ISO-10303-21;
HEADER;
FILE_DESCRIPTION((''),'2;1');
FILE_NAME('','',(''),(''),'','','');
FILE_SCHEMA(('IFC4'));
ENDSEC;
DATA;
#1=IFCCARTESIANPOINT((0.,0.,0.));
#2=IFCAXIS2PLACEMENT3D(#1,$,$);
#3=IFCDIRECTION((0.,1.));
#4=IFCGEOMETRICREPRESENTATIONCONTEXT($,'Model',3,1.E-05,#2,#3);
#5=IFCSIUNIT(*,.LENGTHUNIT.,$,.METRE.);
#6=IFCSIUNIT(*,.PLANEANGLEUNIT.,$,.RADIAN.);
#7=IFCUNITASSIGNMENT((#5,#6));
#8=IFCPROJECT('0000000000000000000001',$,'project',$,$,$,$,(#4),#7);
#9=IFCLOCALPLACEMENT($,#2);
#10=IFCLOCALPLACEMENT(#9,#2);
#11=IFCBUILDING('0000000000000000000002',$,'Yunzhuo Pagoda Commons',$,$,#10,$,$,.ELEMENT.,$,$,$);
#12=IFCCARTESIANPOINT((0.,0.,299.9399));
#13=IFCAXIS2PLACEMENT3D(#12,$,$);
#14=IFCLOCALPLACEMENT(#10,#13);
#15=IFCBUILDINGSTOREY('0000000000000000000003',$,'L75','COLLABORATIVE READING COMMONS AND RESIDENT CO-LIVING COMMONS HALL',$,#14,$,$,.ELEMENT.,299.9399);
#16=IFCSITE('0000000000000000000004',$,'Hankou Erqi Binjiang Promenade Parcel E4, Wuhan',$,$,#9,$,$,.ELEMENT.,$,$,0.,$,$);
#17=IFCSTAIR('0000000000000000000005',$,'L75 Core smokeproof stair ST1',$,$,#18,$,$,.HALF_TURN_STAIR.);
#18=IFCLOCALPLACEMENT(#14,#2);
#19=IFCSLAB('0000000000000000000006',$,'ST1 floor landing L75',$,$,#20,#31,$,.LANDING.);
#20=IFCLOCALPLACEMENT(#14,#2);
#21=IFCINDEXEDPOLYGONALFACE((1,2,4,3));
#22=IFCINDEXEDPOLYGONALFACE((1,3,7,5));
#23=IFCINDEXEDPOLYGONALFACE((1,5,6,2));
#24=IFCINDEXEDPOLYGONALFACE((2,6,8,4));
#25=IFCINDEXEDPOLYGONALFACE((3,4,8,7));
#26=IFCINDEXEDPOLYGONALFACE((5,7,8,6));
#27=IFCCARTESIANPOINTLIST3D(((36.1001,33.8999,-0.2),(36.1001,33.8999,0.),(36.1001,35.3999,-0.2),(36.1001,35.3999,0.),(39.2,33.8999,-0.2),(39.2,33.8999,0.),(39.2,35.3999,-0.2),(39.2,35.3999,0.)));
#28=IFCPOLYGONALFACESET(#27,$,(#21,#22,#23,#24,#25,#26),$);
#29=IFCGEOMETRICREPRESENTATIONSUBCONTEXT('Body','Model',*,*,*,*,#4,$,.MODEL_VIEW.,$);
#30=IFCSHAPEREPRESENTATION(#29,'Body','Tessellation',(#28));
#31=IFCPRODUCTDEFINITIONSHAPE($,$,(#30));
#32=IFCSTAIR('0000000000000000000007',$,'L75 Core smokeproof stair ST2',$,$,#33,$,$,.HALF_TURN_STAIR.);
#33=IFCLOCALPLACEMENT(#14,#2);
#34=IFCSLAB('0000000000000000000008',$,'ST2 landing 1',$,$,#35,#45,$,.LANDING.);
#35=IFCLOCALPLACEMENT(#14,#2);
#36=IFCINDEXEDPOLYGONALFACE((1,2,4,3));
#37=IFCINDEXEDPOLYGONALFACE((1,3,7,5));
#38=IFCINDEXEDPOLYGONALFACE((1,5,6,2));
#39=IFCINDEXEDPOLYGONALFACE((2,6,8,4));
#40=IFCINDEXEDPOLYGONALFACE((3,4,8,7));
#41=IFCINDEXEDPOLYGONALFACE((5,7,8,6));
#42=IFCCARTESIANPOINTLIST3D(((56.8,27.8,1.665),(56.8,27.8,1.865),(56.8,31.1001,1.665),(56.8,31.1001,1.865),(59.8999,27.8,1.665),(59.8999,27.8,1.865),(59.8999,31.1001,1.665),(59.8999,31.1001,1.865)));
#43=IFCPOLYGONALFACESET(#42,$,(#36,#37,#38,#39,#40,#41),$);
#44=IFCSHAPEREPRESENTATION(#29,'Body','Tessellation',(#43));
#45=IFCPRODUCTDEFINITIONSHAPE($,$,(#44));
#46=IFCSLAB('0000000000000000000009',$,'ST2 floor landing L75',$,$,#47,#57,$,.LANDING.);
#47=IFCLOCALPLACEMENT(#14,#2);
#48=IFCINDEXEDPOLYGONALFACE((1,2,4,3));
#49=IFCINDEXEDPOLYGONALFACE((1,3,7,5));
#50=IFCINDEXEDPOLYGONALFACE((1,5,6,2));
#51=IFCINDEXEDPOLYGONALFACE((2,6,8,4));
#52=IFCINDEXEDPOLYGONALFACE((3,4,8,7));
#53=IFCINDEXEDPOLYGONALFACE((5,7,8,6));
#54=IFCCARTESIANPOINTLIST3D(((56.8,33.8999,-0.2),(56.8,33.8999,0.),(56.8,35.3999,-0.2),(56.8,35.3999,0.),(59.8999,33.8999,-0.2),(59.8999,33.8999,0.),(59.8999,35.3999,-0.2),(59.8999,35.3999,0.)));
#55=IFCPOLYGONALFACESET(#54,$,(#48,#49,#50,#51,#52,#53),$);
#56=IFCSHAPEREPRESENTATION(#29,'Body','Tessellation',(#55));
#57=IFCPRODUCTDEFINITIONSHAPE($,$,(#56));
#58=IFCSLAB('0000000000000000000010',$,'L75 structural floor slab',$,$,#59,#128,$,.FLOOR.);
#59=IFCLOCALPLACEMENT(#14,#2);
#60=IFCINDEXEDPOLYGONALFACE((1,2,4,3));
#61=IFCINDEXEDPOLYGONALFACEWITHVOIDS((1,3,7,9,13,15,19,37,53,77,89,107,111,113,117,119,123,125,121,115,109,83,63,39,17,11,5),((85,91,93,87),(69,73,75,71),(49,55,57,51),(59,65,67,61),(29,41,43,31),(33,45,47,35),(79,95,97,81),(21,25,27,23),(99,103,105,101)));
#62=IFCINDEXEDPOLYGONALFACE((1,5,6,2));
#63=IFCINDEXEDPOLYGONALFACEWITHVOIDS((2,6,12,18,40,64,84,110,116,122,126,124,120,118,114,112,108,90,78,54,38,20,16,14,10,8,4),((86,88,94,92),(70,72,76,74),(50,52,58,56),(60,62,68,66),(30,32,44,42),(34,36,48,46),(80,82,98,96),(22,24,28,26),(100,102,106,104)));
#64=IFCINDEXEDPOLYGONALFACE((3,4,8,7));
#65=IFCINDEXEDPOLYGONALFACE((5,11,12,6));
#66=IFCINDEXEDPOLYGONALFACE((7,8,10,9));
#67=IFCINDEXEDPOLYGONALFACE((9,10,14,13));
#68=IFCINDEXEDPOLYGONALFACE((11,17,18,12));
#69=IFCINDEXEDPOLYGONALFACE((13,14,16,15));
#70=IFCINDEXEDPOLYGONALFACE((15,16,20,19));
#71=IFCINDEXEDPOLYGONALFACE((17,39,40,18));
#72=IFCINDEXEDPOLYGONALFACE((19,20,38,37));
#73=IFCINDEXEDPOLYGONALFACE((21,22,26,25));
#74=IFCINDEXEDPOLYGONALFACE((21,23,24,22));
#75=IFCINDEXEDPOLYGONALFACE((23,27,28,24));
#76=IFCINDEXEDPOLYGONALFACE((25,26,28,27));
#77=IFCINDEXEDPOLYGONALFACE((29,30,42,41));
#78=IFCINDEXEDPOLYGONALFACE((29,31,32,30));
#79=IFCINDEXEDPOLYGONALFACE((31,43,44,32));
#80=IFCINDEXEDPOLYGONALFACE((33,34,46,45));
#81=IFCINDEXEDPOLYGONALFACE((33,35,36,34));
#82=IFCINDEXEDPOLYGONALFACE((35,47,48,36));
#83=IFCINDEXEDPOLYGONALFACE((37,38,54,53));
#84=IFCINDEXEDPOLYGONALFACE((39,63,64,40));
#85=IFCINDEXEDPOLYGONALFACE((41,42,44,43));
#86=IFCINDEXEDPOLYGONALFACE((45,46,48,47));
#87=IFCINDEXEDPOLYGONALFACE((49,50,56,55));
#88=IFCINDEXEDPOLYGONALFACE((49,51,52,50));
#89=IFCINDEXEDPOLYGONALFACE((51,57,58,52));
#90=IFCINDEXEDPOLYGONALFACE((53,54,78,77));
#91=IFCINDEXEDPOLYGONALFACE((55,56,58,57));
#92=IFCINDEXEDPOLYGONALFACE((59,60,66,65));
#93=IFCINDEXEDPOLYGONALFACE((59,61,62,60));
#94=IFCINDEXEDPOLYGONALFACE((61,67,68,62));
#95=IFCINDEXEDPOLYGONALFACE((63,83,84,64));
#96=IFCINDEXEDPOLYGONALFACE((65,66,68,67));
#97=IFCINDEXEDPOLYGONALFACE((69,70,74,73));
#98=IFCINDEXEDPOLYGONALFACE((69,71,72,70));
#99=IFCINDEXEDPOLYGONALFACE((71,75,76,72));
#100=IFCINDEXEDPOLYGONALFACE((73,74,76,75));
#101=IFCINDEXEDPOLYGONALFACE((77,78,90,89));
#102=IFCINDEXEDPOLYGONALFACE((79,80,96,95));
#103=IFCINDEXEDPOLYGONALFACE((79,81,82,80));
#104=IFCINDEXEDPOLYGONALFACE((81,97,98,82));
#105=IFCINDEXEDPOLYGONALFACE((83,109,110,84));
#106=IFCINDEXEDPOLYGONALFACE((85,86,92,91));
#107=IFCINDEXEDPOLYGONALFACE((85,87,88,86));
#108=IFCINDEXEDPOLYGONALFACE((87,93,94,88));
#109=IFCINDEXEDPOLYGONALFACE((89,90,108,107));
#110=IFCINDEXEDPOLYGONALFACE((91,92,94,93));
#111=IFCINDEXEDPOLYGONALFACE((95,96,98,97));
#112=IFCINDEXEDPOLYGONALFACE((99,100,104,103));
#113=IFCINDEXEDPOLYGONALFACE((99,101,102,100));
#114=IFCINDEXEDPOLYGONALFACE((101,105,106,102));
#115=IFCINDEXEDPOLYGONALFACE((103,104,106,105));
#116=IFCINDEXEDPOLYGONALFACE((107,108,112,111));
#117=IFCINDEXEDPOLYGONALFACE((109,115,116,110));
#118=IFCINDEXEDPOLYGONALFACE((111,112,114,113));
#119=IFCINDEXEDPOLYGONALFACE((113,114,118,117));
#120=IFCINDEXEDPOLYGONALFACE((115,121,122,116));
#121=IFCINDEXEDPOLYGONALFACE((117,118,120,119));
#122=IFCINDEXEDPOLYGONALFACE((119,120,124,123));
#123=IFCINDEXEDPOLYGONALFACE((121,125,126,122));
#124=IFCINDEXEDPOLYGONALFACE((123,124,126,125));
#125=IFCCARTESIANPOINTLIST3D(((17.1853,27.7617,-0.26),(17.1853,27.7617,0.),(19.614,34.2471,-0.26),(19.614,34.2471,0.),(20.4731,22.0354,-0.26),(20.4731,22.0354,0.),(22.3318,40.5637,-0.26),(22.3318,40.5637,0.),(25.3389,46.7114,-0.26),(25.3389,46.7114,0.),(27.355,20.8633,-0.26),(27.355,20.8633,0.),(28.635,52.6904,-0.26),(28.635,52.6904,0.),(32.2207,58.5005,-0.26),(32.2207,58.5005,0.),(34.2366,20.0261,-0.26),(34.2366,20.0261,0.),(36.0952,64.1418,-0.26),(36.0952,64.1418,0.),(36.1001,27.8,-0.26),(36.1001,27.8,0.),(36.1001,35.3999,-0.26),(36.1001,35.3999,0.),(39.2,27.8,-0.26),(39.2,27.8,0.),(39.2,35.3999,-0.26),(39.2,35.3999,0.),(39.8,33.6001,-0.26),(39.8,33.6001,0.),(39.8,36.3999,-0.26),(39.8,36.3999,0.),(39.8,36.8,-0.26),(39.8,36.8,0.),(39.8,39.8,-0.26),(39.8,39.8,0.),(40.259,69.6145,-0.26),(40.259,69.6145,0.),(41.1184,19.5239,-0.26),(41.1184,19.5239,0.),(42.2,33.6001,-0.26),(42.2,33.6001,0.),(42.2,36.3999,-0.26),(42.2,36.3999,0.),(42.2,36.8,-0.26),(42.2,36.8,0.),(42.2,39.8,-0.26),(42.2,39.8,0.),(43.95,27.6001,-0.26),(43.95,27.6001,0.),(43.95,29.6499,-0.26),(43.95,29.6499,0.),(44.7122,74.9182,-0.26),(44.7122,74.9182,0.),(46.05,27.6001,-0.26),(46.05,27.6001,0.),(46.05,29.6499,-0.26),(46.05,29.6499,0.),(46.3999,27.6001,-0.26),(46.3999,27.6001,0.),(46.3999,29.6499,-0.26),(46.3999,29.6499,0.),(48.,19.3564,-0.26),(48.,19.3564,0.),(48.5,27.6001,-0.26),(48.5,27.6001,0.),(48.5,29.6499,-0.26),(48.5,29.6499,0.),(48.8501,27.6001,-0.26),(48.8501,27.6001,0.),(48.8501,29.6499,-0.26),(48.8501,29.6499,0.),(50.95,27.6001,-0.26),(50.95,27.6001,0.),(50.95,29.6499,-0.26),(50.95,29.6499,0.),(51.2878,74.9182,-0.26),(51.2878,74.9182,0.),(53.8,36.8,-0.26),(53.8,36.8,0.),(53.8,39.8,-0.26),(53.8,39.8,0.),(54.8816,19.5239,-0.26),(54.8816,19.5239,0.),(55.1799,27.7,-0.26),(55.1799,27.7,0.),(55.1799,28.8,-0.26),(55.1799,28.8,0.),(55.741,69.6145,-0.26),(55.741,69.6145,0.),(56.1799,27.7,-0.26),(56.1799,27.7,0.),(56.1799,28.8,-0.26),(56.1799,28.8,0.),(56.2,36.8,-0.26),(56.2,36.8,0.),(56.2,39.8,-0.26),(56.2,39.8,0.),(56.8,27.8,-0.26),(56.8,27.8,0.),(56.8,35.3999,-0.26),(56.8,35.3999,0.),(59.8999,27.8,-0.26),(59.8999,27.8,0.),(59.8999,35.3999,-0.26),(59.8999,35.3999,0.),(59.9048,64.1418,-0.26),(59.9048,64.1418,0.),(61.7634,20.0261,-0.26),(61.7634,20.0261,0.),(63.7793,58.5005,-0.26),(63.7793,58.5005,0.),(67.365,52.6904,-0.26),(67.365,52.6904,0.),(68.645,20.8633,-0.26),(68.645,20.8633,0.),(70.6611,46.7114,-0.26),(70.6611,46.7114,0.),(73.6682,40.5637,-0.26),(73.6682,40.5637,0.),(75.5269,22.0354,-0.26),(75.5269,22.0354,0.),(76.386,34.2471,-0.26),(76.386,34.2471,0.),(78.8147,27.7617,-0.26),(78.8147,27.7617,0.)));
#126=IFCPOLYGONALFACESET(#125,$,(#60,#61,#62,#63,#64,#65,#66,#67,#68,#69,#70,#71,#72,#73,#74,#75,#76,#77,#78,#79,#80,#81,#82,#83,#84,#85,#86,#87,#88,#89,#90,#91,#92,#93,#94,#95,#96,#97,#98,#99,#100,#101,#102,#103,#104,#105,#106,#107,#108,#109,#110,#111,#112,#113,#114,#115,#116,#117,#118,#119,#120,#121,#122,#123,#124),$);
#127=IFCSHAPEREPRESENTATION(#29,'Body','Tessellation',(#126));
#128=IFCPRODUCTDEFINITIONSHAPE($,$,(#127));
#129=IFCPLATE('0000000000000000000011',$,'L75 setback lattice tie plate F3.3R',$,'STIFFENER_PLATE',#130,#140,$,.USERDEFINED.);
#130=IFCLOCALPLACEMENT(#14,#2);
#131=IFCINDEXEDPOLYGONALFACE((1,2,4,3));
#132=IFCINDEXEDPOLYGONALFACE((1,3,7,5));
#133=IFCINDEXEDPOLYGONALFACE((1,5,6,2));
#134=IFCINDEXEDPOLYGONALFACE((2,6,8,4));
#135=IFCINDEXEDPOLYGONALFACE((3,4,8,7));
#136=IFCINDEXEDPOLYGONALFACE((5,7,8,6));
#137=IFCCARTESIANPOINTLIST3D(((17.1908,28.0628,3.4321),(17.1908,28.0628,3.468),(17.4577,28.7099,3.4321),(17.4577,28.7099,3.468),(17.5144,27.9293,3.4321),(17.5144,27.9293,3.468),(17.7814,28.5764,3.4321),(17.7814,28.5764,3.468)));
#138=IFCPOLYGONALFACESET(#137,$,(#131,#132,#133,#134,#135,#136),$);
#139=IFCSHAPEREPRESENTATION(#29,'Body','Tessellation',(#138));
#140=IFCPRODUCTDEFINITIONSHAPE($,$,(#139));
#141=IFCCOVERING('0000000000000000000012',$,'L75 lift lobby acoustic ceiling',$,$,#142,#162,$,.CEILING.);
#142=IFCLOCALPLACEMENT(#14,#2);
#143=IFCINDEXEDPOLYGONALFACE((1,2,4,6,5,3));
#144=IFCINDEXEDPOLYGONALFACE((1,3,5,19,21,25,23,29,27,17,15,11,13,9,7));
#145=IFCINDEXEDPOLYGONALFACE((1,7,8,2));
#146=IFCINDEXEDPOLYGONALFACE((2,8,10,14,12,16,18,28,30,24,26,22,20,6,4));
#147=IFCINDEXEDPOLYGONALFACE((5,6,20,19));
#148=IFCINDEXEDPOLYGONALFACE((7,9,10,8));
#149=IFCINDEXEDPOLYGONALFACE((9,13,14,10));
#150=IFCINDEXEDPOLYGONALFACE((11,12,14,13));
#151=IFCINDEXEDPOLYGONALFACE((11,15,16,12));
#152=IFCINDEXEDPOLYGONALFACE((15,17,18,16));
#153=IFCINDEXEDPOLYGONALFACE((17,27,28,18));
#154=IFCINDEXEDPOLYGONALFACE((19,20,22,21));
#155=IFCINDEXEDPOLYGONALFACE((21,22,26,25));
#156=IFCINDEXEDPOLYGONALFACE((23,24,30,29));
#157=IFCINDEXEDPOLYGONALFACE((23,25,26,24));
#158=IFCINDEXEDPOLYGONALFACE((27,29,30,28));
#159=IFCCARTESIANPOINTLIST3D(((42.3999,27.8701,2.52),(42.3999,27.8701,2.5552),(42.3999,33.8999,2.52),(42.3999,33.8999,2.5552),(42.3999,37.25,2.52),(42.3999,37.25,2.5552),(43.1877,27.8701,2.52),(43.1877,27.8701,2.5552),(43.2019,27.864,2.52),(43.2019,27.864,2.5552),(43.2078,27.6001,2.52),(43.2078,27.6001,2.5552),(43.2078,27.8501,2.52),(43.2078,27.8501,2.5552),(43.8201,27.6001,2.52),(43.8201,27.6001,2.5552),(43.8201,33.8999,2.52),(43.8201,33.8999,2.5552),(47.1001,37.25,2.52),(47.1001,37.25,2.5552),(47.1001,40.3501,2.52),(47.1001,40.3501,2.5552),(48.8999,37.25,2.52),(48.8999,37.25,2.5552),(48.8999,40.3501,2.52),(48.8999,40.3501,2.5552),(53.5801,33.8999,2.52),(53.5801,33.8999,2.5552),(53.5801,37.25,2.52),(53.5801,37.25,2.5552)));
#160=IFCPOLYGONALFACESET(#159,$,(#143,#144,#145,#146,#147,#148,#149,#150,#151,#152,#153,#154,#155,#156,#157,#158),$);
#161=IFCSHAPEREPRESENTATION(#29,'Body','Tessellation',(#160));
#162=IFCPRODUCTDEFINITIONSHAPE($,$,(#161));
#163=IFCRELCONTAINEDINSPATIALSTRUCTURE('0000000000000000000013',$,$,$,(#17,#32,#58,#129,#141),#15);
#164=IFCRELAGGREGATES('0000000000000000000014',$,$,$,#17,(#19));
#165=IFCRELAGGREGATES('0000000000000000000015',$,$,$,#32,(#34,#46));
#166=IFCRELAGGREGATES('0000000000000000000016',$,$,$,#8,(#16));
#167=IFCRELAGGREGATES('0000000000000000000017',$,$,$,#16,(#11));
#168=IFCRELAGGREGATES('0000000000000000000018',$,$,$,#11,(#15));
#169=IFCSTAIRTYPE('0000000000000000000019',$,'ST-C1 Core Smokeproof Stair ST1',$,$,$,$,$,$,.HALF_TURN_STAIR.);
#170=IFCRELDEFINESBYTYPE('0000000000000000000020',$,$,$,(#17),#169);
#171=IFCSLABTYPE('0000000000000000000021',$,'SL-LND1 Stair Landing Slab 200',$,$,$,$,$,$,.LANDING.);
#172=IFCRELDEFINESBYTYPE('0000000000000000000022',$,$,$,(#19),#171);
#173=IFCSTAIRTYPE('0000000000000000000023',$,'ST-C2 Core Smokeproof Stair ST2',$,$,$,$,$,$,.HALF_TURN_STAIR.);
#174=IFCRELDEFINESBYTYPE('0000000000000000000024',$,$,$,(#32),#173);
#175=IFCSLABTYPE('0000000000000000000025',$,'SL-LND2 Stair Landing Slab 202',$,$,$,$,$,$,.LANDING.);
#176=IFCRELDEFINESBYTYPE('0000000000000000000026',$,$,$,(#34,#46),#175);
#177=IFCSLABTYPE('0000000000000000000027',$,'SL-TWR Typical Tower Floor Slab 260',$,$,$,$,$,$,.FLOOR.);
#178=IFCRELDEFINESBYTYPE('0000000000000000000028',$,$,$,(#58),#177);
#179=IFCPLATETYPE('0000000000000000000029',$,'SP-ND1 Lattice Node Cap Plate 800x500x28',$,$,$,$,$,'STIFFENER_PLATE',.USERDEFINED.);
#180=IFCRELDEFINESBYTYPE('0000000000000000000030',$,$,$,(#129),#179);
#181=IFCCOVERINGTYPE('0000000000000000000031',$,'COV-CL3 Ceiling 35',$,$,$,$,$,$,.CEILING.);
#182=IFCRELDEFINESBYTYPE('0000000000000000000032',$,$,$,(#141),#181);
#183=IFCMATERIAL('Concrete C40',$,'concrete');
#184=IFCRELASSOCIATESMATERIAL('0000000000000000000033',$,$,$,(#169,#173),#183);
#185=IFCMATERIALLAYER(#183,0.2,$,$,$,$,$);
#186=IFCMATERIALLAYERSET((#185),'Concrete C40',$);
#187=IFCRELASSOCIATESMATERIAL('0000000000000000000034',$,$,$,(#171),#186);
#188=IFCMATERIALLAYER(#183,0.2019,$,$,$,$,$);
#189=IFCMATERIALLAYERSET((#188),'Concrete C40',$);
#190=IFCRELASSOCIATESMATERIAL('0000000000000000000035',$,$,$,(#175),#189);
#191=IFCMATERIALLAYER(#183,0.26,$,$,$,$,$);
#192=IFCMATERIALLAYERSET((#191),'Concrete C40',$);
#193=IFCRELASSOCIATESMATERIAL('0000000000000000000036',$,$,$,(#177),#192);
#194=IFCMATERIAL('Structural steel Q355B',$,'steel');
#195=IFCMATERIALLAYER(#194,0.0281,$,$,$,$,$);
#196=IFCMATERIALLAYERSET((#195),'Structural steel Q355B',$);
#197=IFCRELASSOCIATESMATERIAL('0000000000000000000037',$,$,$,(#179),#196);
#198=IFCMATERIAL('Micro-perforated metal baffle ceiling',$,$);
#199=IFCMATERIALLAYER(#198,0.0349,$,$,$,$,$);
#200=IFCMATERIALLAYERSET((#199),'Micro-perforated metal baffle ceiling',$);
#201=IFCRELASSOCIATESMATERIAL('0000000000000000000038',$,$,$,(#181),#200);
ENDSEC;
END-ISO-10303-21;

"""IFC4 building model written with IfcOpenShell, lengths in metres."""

from ifc_helpers import new_model, si_unit, direction, frame, origin, origin_2d, place, context, subcontext, project, spatial, polyline, rectangle, outline, extrude, source, transform, mapped, material, layer, layer_set, type_object, element, aggregate, save


model = new_model("IFC4")

# Units and contexts
model_context = context("Model", 3, precision=1e-05, world=origin(), true_north=direction((0.0, 1.0)))
body_context = subcontext(model_context, "Body", "Model", "MODEL_VIEW")
ifc_project = project(units=[si_unit("LENGTHUNIT", "METRE"), si_unit("PLANEANGLEUNIT", "RADIAN")], contexts=[model_context])

# Site, building, storey
site_placement = place(None, origin())
site = spatial("IfcSite", under=ifc_project, at=site_placement, Name="Hankou Erqi Binjiang Promenade Parcel E4, Wuhan", CompositionType="ELEMENT", RefElevation=0.0)
building_placement = place(site_placement, origin())
building = spatial("IfcBuilding", under=site, at=building_placement, Name="Yunzhuo Pagoda Commons", CompositionType="ELEMENT")
storey_placement = place(building_placement, frame((0.0, 0.0, 299.9399)))
storey = spatial("IfcBuildingStorey", under=building, at=storey_placement, Name="L75", Description="COLLABORATIVE READING COMMONS AND RESIDENT CO-LIVING COMMONS HALL", CompositionType="ELEMENT", Elevation=299.9399)

# Shared definitions
ifc_material_1 = material(Name="Structural steel Q355B", Category="steel")

# Shared definitions
ifc_material_2 = material(Name="Concrete C40", Category="concrete")

# Stairs, slabs
stair_type_1 = type_object("IfcStairType", Name="ST-C1 Core Smokeproof Stair ST1", PredefinedType="HALF_TURN_STAIR", material=ifc_material_2)
stair_1_placement = place(storey_placement, origin())
stair_1 = element("IfcStair", 1, at=stair_1_placement, inside=storey, type_object=stair_type_1, Name="L75 Core smokeproof stair ST1", PredefinedType="HALF_TURN_STAIR")
ifc_layer_1 = layer(ifc_material_2, 0.2)
ifc_layer_set_1 = layer_set([ifc_layer_1], Name="Concrete C40")
slab_type_1 = type_object("IfcSlabType", Name="SL-LND1 Stair Landing Slab 200", PredefinedType="LANDING", material=ifc_layer_set_1)
slab_1_placement = place(storey_placement, frame((0.0, 0.0, -0.2)))
slab_1 = element("IfcSlab", 2, at=slab_1_placement, type_object=slab_type_1, Name="ST1 floor landing L75", PredefinedType="LANDING", context=body_context, shape_type="SweptSolid", body=[
    extrude(outline(polyline([(36.1001, 35.3999), (36.1001, 33.8999), (39.2, 33.8999), (39.2, 35.3999), (36.1001, 35.3999)])), origin(), (0.0, 0.0, 1.0), 0.2),
])
aggregate(stair_1, [slab_1])
stair_type_2 = type_object("IfcStairType", Name="ST-C2 Core Smokeproof Stair ST2", PredefinedType="HALF_TURN_STAIR", material=ifc_material_2)
stair_2_placement = place(storey_placement, origin())
stair_2 = element("IfcStair", 3, at=stair_2_placement, inside=storey, type_object=stair_type_2, Name="L75 Core smokeproof stair ST2", PredefinedType="HALF_TURN_STAIR")
ifc_layer_2 = layer(ifc_material_2, 0.2019)
ifc_layer_set_2 = layer_set([ifc_layer_2], Name="Concrete C40")
slab_type_2 = type_object("IfcSlabType", Name="SL-LND2 Stair Landing Slab 202", PredefinedType="LANDING", material=ifc_layer_set_2)
slab_2_placement = place(storey_placement, frame((0.0, 0.0, 1.665)))
slab_2 = element("IfcSlab", 4, at=slab_2_placement, type_object=slab_type_2, Name="ST2 landing 1", PredefinedType="LANDING", context=body_context, shape_type="SweptSolid", body=[
    extrude(outline(polyline([(56.8, 31.1001), (56.8, 27.8), (59.8999, 27.8), (59.8999, 31.1001), (56.8, 31.1001)])), origin(), (0.0, 0.0, 1.0), 0.2),
])
slab_3_placement = place(storey_placement, frame((0.0, 0.0, -0.2)))
slab_3 = element("IfcSlab", 5, at=slab_3_placement, type_object=slab_type_2, Name="ST2 floor landing L75", PredefinedType="LANDING", context=body_context, shape_type="SweptSolid", body=[
    extrude(outline(polyline([(56.8, 35.3999), (56.8, 33.8999), (59.8999, 33.8999), (59.8999, 35.3999), (56.8, 35.3999)])), origin(), (0.0, 0.0, 1.0), 0.2),
])
aggregate(stair_2, [slab_2, slab_3])

# Slab
ifc_layer_3 = layer(ifc_material_2, 0.26)
ifc_layer_set_3 = layer_set([ifc_layer_3], Name="Concrete C40")
slab_type_3 = type_object("IfcSlabType", Name="SL-TWR Typical Tower Floor Slab 260", PredefinedType="FLOOR", material=ifc_layer_set_3)
slab_4_placement = place(storey_placement, frame((0.0, 0.0, -0.26)))
element("IfcSlab", 6, at=slab_4_placement, inside=storey, type_object=slab_type_3, Name="L75 structural floor slab", PredefinedType="FLOOR", context=body_context, shape_type="SweptSolid", body=[
    extrude(outline(polyline([(19.614, 34.2471), (22.3318, 40.5637), (25.3389, 46.7114), (28.635, 52.6904), (32.2207, 58.5005), (36.0952, 64.1418), (40.259, 69.6145), (44.7122, 74.9182), (51.2878, 74.9182), (55.741, 69.6145), (59.9048, 64.1418), (63.7793, 58.5005), (67.365, 52.6904), (70.6611, 46.7114), (73.6682, 40.5637), (76.386, 34.2471), (78.8147, 27.7617), (75.5269, 22.0354), (68.645, 20.8633), (61.7634, 20.0261), (54.8816, 19.5239), (48.0, 19.3564), (41.1184, 19.5239), (34.2366, 20.0261), (27.355, 20.8633), (20.4731, 22.0354), (17.1853, 27.7617), (19.614, 34.2471)]), holes=[polyline([(56.1799, 28.8), (55.1799, 28.8), (55.1799, 27.7), (56.1799, 27.7), (56.1799, 28.8)]), polyline([(46.05, 29.6499), (43.95, 29.6499), (43.95, 27.6001), (46.05, 27.6001), (46.05, 29.6499)]), polyline([(48.5, 29.6499), (46.3999, 29.6499), (46.3999, 27.6001), (48.5, 27.6001), (48.5, 29.6499)]), polyline([(50.95, 29.6499), (48.8501, 29.6499), (48.8501, 27.6001), (50.95, 27.6001), (50.95, 29.6499)]), polyline([(39.2, 27.8), (39.2, 35.3999), (36.1001, 35.3999), (36.1001, 27.8), (39.2, 27.8)]), polyline([(59.8999, 27.8), (59.8999, 35.3999), (56.8, 35.3999), (56.8, 27.8), (59.8999, 27.8)]), polyline([(42.2, 36.3999), (39.8, 36.3999), (39.8, 33.6001), (42.2, 33.6001), (42.2, 36.3999)]), polyline([(42.2, 36.8), (42.2, 39.8), (39.8, 39.8), (39.8, 36.8), (42.2, 36.8)]), polyline([(56.2, 36.8), (56.2, 39.8), (53.8, 39.8), (53.8, 36.8), (56.2, 36.8)])]), origin(), (0.0, 0.0, 1.0), 0.26),
])

# Plate
ifc_layer_4 = layer(ifc_material_1, 0.0281)
ifc_layer_set_4 = layer_set([ifc_layer_4], Name="Structural steel Q355B")
plate_type_1 = type_object("IfcPlateType", Name="SP-ND1 Lattice Node Cap Plate 800x500x28", ElementType="STIFFENER_PLATE", PredefinedType="USERDEFINED", material=ifc_layer_set_4)
shared_shape_1 = source(origin(), body_context, "Body", "SweptSolid", [
    extrude(rectangle(XDim=0.7, YDim=0.3501, at=origin_2d()), origin(), (0.0, 0.0, 1.0), 0.0359),
])
plate_1_placement = place(storey_placement, frame((17.4861, 28.3196, 3.4321), z_axis=(0.0, 0.0, 1.0), x_axis=(-0.381345, -0.924433, 0.0)))
element("IfcPlate", 7, at=plate_1_placement, inside=storey, type_object=plate_type_1, Name="L75 setback lattice tie plate F3.3R", ObjectType="STIFFENER_PLATE", PredefinedType="USERDEFINED", context=body_context, shape_type="MappedRepresentation", body=[
    mapped(shared_shape_1, transform((0.0, 0.0, 0.0), scale=1.0)),
])

# Covering
ifc_material_3 = material(Name="Micro-perforated metal baffle ceiling")
ifc_layer_5 = layer(ifc_material_3, 0.0349)
ifc_layer_set_5 = layer_set([ifc_layer_5], Name="Micro-perforated metal baffle ceiling")
covering_type_1 = type_object("IfcCoveringType", Name="COV-CL3 Ceiling 35", PredefinedType="CEILING", material=ifc_layer_set_5)
covering_1_placement = place(storey_placement, frame((0.0, 0.0, 2.52)))
element("IfcCovering", 8, at=covering_1_placement, inside=storey, type_object=covering_type_1, Name="L75 lift lobby acoustic ceiling", PredefinedType="CEILING", context=body_context, shape_type="SweptSolid", body=[
    extrude(outline(polyline([(43.2078, 27.8501), (43.2019, 27.864), (43.1877, 27.8701), (42.3999, 27.8701), (42.3999, 33.8999), (42.3999, 37.25), (47.1001, 37.25), (47.1001, 40.3501), (48.8999, 40.3501), (48.8999, 37.25), (53.5801, 37.25), (53.5801, 33.8999), (43.8201, 33.8999), (43.8201, 27.6001), (43.2078, 27.6001), (43.2078, 27.8501)])), origin(), (0.0, 0.0, 1.0), 0.0352),
])

save(model, "model.ifc")
